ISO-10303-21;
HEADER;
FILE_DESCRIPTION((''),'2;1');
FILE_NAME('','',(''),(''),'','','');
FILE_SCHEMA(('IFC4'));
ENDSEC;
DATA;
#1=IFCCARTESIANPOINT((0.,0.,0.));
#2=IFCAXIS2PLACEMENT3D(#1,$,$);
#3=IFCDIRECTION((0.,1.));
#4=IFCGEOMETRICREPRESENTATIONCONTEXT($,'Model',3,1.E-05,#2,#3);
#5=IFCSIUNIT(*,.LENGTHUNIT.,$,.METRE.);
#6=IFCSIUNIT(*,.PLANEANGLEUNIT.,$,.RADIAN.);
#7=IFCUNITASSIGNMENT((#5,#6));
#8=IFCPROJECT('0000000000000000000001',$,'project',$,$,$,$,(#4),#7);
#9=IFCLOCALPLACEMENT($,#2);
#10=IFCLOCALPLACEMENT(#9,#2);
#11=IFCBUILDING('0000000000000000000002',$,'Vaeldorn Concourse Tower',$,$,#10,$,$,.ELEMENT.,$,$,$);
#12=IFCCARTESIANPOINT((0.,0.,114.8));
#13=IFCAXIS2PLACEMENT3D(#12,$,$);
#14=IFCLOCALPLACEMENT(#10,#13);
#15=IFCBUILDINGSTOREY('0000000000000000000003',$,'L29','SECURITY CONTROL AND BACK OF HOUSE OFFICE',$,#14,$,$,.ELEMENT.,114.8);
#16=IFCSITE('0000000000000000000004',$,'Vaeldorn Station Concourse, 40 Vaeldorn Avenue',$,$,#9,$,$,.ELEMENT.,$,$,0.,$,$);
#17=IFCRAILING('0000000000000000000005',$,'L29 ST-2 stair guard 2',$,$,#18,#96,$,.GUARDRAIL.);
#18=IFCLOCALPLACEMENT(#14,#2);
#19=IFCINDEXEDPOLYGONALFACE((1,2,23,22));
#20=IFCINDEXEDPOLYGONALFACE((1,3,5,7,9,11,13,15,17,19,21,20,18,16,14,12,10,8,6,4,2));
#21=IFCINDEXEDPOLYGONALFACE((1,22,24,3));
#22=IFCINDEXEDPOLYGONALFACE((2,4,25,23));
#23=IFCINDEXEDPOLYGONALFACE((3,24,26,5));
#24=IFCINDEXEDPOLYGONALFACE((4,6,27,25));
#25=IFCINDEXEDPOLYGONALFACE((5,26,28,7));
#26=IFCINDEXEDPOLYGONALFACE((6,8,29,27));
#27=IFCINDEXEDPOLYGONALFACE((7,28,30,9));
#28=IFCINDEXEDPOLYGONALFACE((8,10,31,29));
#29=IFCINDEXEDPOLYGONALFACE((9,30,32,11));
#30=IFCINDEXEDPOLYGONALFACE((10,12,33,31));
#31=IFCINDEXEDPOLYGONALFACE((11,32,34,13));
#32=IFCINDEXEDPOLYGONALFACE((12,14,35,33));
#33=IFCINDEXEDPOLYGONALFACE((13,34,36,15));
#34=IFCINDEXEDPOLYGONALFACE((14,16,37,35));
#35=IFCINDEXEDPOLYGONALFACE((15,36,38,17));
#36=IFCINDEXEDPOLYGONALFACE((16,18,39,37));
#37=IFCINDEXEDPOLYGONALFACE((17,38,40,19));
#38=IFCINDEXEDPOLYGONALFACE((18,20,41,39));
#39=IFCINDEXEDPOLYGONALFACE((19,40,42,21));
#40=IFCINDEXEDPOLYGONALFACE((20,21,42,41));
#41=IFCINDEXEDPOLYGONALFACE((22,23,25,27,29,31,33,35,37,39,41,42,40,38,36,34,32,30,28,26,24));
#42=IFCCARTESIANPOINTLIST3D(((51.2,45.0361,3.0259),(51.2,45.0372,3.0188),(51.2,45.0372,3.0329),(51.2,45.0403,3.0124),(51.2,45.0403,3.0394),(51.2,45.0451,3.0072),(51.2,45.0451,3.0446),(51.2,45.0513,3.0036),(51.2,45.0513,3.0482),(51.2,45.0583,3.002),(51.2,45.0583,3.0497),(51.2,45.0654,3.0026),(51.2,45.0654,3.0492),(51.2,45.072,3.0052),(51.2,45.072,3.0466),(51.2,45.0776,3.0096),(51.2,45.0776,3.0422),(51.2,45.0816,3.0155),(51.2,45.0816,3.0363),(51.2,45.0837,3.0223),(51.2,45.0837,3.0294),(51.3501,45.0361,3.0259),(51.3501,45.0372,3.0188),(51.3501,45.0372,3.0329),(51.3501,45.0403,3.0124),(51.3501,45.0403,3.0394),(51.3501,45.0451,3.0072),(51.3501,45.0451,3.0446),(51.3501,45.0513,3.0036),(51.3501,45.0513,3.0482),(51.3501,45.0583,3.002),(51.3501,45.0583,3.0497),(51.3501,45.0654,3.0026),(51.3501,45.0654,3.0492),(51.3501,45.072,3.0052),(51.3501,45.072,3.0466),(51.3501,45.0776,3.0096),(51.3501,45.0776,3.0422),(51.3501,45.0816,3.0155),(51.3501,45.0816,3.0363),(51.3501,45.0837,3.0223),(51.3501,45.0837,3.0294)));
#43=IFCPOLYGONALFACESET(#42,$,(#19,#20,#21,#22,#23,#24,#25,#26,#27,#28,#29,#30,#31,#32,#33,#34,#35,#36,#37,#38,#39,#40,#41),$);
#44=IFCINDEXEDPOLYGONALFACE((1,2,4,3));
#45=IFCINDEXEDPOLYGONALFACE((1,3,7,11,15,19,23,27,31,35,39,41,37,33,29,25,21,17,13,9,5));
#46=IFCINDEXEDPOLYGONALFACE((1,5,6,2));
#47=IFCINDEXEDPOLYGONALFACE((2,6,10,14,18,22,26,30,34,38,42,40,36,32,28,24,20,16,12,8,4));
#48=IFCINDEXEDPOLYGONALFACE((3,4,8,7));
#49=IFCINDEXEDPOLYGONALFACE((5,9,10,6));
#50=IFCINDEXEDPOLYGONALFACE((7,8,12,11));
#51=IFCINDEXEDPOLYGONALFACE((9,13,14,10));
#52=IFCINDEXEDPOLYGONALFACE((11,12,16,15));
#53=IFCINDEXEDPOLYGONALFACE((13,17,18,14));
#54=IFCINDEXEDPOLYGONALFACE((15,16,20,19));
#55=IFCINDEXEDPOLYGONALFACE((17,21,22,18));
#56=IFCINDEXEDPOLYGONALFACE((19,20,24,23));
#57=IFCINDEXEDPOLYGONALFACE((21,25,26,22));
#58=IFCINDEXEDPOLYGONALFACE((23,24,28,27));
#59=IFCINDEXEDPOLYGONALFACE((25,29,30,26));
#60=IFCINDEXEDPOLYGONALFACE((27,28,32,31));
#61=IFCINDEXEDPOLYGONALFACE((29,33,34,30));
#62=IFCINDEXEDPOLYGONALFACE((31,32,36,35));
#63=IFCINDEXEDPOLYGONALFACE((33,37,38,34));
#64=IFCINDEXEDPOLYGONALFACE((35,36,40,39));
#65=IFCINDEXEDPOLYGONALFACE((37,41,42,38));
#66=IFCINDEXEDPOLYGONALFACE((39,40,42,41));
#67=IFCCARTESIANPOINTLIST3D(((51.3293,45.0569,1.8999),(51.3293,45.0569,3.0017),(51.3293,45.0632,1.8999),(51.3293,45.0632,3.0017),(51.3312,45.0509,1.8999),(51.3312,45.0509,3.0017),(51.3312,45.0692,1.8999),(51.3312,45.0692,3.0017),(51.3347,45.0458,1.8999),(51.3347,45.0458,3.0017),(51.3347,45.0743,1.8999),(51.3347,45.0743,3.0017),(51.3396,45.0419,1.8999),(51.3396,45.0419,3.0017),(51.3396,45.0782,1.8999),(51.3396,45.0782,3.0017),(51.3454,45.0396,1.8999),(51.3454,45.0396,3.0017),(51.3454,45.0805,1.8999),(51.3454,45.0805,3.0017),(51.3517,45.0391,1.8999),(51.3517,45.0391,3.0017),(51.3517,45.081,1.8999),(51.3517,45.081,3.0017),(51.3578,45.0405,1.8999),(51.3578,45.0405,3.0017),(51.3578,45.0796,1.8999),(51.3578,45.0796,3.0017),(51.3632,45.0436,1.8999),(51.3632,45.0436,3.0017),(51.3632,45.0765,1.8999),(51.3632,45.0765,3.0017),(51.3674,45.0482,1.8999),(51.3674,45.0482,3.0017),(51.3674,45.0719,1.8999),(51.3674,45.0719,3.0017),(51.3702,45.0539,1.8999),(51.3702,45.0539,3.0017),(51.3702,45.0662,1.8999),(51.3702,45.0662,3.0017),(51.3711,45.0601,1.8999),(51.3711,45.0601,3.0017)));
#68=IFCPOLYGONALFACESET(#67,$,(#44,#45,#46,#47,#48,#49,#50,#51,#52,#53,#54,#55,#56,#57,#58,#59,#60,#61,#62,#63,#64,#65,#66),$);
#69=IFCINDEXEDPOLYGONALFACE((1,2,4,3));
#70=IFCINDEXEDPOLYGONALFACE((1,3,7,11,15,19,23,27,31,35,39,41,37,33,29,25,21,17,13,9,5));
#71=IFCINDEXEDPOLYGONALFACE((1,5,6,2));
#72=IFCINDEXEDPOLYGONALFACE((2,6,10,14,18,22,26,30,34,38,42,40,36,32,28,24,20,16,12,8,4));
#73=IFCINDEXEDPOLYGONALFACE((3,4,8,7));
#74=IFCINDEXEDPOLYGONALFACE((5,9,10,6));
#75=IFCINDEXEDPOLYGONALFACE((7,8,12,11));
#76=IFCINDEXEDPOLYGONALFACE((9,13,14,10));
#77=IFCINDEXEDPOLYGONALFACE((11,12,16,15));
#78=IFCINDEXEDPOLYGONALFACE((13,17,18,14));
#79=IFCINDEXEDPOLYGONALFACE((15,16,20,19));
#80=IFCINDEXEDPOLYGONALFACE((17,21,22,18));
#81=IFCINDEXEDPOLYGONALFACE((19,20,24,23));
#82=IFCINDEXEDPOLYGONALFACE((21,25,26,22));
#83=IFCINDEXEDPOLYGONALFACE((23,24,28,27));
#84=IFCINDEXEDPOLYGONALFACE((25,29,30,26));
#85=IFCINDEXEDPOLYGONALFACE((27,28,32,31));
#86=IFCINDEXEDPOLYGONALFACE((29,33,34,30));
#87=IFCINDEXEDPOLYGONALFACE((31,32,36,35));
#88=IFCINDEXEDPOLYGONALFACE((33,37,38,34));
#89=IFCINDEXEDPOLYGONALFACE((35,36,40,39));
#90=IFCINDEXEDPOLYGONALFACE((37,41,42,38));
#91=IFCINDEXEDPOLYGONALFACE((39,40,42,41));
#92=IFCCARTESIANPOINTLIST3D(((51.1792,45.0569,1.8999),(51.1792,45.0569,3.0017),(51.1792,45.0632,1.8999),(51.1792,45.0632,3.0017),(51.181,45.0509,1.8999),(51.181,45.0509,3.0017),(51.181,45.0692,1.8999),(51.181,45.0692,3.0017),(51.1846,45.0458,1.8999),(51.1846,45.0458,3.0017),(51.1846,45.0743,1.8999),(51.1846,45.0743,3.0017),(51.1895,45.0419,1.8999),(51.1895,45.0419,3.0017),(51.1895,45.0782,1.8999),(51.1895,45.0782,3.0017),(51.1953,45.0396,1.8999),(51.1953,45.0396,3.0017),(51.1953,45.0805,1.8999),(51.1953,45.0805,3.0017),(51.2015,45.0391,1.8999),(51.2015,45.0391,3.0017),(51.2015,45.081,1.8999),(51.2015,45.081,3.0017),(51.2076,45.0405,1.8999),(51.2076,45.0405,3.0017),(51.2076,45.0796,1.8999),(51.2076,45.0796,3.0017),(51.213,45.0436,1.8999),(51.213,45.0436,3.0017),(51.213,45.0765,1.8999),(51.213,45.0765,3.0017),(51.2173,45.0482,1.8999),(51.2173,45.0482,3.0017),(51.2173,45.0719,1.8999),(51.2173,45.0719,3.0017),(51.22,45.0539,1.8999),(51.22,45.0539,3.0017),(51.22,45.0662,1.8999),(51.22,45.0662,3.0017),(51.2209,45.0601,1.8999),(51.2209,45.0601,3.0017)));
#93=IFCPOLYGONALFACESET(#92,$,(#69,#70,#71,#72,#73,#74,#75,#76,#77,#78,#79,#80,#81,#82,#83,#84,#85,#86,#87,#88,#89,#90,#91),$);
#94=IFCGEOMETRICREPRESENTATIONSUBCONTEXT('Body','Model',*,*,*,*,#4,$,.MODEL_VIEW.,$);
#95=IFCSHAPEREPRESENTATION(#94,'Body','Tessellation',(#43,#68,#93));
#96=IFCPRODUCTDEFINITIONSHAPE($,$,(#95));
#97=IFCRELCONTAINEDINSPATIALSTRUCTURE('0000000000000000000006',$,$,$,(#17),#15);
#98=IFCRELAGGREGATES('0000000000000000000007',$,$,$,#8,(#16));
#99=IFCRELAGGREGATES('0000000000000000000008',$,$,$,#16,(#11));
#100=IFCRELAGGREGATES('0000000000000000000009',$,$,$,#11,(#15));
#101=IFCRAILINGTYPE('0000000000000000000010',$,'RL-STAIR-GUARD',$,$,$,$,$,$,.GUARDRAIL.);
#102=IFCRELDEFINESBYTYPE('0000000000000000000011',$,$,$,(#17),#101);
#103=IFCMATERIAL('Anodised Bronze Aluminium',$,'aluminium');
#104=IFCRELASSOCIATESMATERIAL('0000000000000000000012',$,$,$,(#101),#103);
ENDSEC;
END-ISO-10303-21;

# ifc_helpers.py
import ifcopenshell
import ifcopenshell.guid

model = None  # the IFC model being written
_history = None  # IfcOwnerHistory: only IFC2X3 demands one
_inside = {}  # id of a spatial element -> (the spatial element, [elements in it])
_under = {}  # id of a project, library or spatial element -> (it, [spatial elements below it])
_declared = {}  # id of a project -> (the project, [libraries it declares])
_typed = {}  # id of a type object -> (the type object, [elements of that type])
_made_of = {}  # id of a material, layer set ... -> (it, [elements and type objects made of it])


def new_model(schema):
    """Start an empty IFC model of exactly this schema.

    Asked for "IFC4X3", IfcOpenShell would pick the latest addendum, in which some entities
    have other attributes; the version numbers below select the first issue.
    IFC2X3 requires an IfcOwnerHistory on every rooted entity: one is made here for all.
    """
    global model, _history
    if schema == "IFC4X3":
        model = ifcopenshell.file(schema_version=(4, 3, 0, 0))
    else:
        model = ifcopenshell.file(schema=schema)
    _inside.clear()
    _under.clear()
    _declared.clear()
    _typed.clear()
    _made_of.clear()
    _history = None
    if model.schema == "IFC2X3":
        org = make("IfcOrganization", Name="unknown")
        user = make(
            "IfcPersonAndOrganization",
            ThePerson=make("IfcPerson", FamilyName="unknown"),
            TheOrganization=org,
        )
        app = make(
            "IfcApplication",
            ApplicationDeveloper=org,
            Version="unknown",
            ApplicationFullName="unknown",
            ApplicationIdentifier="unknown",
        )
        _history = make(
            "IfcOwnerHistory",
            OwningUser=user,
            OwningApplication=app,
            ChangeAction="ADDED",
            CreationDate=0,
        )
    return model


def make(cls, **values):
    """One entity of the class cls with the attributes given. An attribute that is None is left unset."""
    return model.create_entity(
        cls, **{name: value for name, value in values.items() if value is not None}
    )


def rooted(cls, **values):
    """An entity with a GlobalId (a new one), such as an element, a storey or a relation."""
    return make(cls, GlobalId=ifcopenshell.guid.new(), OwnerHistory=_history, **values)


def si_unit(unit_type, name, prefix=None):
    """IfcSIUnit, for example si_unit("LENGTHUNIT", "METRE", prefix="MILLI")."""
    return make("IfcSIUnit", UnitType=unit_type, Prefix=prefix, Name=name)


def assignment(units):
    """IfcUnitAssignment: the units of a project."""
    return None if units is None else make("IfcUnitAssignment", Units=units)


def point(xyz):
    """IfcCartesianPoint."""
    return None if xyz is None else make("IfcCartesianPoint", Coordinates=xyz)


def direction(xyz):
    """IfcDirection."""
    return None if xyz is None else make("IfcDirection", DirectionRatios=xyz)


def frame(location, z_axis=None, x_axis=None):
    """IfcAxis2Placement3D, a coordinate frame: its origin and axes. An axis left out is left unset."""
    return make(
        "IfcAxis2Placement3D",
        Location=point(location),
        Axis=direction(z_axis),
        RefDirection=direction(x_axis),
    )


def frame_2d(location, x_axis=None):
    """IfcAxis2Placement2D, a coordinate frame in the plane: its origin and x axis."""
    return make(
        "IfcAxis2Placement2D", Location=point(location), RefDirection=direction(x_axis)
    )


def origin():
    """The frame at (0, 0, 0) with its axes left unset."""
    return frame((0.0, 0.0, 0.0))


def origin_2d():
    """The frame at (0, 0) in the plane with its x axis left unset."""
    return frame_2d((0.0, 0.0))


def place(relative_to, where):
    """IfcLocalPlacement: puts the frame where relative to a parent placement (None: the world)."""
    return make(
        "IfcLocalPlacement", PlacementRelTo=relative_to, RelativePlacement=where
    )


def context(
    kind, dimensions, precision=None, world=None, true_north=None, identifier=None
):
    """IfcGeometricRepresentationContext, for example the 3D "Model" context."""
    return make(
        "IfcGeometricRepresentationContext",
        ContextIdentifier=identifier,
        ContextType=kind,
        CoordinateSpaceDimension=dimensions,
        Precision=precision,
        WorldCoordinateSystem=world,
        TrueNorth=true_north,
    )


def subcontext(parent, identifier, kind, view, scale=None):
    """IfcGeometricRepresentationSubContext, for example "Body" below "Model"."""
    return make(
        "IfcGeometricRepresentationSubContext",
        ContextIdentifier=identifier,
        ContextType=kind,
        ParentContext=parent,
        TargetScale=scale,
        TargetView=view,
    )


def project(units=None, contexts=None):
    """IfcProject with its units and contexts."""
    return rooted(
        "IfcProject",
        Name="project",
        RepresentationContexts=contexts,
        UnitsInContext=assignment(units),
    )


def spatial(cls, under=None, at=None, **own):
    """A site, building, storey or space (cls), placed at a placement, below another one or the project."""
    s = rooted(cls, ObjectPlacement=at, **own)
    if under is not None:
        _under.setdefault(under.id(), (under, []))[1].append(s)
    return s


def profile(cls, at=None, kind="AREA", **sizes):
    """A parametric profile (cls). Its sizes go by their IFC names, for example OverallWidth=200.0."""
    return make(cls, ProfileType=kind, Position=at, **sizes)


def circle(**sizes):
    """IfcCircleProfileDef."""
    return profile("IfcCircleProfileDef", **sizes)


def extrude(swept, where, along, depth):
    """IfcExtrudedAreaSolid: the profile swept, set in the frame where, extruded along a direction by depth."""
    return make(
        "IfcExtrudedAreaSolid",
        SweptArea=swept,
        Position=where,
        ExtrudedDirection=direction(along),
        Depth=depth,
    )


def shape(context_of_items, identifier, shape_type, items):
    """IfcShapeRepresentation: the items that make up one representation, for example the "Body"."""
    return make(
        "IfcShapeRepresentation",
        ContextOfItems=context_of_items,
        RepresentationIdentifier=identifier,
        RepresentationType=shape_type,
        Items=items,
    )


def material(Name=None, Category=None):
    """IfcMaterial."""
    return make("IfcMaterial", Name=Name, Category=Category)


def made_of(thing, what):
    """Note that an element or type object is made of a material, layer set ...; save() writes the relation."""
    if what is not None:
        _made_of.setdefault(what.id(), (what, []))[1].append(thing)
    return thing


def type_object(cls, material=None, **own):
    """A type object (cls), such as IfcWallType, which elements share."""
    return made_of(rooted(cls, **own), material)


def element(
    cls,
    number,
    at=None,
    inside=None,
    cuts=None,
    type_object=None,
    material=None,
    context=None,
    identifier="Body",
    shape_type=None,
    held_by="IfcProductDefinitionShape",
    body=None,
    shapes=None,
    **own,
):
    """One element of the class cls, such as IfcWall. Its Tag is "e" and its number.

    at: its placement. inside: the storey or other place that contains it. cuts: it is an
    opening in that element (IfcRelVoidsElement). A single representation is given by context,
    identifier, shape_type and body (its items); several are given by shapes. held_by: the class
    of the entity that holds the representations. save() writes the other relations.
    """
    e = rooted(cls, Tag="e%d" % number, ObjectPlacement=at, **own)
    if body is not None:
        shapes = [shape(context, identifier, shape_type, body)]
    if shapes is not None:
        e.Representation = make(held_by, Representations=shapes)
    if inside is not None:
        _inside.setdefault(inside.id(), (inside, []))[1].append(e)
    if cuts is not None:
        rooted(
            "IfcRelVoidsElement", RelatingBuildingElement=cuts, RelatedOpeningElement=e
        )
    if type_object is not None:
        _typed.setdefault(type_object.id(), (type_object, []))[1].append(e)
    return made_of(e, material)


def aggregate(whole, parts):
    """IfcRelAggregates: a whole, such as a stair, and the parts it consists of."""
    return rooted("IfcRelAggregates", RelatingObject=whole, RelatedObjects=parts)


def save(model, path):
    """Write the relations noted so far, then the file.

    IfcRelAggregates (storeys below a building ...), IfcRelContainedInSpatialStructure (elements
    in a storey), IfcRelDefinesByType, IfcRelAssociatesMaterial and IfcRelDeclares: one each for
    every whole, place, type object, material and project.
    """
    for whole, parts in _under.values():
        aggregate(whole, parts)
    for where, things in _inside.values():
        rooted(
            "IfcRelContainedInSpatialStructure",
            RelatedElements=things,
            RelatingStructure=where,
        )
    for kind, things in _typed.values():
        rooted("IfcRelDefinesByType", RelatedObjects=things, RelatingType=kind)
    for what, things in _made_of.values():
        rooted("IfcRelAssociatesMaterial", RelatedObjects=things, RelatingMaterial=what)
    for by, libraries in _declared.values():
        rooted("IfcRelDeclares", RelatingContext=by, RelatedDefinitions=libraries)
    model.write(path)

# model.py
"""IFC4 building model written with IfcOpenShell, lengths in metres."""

from ifc_helpers import new_model, si_unit, direction, frame, origin, origin_2d, place, context, subcontext, project, spatial, circle, extrude, material, type_object, element, save


model = new_model("IFC4")

# Units and contexts
model_context = context("Model", 3, precision=1e-05, world=origin(), true_north=direction((0.0, 1.0)))
body_context = subcontext(model_context, "Body", "Model", "MODEL_VIEW")
ifc_project = project(units=[si_unit("LENGTHUNIT", "METRE"), si_unit("PLANEANGLEUNIT", "RADIAN")], contexts=[model_context])

# Site, building, storey
site_placement = place(None, origin())
site = spatial("IfcSite", under=ifc_project, at=site_placement, Name="Vaeldorn Station Concourse, 40 Vaeldorn Avenue", CompositionType="ELEMENT", RefElevation=0.0)
building_placement = place(site_placement, origin())
building = spatial("IfcBuilding", under=site, at=building_placement, Name="Vaeldorn Concourse Tower", CompositionType="ELEMENT")
storey_placement = place(building_placement, frame((0.0, 0.0, 114.8)))
storey = spatial("IfcBuildingStorey", under=building, at=storey_placement, Name="L29", Description="SECURITY CONTROL AND BACK OF HOUSE OFFICE", CompositionType="ELEMENT", Elevation=114.8)

# Shared definitions
ifc_material_1 = material(Name="Anodised Bronze Aluminium", Category="aluminium")

# Railing
railing_type_1 = type_object("IfcRailingType", Name="RL-STAIR-GUARD", PredefinedType="GUARDRAIL", material=ifc_material_1)
railing_1_placement = place(storey_placement, frame((51.3501, 45.0601, 1.8999)))
element("IfcRailing", 1, at=railing_1_placement, inside=storey, type_object=railing_type_1, Name="L29 ST-2 stair guard 2", PredefinedType="GUARDRAIL", context=body_context, shape_type="SweptSolid", body=[
    extrude(circle(Radius=0.0239, at=origin_2d()), frame((0.0, 0.0, 1.126), z_axis=(-1.0, 0.0, 0.0), x_axis=(0.0, -1.0, 0.0)), (0.0, 0.0, 1.0), 0.1501),
    extrude(circle(Radius=0.021, at=origin_2d()), origin(), (0.0, 0.0, 1.0), 1.1018),
    extrude(circle(Radius=0.021, at=origin_2d()), frame((-0.1501, 0.0, 0.0)), (0.0, 0.0, 1.0), 1.1018),
])

save(model, "model.ifc")
